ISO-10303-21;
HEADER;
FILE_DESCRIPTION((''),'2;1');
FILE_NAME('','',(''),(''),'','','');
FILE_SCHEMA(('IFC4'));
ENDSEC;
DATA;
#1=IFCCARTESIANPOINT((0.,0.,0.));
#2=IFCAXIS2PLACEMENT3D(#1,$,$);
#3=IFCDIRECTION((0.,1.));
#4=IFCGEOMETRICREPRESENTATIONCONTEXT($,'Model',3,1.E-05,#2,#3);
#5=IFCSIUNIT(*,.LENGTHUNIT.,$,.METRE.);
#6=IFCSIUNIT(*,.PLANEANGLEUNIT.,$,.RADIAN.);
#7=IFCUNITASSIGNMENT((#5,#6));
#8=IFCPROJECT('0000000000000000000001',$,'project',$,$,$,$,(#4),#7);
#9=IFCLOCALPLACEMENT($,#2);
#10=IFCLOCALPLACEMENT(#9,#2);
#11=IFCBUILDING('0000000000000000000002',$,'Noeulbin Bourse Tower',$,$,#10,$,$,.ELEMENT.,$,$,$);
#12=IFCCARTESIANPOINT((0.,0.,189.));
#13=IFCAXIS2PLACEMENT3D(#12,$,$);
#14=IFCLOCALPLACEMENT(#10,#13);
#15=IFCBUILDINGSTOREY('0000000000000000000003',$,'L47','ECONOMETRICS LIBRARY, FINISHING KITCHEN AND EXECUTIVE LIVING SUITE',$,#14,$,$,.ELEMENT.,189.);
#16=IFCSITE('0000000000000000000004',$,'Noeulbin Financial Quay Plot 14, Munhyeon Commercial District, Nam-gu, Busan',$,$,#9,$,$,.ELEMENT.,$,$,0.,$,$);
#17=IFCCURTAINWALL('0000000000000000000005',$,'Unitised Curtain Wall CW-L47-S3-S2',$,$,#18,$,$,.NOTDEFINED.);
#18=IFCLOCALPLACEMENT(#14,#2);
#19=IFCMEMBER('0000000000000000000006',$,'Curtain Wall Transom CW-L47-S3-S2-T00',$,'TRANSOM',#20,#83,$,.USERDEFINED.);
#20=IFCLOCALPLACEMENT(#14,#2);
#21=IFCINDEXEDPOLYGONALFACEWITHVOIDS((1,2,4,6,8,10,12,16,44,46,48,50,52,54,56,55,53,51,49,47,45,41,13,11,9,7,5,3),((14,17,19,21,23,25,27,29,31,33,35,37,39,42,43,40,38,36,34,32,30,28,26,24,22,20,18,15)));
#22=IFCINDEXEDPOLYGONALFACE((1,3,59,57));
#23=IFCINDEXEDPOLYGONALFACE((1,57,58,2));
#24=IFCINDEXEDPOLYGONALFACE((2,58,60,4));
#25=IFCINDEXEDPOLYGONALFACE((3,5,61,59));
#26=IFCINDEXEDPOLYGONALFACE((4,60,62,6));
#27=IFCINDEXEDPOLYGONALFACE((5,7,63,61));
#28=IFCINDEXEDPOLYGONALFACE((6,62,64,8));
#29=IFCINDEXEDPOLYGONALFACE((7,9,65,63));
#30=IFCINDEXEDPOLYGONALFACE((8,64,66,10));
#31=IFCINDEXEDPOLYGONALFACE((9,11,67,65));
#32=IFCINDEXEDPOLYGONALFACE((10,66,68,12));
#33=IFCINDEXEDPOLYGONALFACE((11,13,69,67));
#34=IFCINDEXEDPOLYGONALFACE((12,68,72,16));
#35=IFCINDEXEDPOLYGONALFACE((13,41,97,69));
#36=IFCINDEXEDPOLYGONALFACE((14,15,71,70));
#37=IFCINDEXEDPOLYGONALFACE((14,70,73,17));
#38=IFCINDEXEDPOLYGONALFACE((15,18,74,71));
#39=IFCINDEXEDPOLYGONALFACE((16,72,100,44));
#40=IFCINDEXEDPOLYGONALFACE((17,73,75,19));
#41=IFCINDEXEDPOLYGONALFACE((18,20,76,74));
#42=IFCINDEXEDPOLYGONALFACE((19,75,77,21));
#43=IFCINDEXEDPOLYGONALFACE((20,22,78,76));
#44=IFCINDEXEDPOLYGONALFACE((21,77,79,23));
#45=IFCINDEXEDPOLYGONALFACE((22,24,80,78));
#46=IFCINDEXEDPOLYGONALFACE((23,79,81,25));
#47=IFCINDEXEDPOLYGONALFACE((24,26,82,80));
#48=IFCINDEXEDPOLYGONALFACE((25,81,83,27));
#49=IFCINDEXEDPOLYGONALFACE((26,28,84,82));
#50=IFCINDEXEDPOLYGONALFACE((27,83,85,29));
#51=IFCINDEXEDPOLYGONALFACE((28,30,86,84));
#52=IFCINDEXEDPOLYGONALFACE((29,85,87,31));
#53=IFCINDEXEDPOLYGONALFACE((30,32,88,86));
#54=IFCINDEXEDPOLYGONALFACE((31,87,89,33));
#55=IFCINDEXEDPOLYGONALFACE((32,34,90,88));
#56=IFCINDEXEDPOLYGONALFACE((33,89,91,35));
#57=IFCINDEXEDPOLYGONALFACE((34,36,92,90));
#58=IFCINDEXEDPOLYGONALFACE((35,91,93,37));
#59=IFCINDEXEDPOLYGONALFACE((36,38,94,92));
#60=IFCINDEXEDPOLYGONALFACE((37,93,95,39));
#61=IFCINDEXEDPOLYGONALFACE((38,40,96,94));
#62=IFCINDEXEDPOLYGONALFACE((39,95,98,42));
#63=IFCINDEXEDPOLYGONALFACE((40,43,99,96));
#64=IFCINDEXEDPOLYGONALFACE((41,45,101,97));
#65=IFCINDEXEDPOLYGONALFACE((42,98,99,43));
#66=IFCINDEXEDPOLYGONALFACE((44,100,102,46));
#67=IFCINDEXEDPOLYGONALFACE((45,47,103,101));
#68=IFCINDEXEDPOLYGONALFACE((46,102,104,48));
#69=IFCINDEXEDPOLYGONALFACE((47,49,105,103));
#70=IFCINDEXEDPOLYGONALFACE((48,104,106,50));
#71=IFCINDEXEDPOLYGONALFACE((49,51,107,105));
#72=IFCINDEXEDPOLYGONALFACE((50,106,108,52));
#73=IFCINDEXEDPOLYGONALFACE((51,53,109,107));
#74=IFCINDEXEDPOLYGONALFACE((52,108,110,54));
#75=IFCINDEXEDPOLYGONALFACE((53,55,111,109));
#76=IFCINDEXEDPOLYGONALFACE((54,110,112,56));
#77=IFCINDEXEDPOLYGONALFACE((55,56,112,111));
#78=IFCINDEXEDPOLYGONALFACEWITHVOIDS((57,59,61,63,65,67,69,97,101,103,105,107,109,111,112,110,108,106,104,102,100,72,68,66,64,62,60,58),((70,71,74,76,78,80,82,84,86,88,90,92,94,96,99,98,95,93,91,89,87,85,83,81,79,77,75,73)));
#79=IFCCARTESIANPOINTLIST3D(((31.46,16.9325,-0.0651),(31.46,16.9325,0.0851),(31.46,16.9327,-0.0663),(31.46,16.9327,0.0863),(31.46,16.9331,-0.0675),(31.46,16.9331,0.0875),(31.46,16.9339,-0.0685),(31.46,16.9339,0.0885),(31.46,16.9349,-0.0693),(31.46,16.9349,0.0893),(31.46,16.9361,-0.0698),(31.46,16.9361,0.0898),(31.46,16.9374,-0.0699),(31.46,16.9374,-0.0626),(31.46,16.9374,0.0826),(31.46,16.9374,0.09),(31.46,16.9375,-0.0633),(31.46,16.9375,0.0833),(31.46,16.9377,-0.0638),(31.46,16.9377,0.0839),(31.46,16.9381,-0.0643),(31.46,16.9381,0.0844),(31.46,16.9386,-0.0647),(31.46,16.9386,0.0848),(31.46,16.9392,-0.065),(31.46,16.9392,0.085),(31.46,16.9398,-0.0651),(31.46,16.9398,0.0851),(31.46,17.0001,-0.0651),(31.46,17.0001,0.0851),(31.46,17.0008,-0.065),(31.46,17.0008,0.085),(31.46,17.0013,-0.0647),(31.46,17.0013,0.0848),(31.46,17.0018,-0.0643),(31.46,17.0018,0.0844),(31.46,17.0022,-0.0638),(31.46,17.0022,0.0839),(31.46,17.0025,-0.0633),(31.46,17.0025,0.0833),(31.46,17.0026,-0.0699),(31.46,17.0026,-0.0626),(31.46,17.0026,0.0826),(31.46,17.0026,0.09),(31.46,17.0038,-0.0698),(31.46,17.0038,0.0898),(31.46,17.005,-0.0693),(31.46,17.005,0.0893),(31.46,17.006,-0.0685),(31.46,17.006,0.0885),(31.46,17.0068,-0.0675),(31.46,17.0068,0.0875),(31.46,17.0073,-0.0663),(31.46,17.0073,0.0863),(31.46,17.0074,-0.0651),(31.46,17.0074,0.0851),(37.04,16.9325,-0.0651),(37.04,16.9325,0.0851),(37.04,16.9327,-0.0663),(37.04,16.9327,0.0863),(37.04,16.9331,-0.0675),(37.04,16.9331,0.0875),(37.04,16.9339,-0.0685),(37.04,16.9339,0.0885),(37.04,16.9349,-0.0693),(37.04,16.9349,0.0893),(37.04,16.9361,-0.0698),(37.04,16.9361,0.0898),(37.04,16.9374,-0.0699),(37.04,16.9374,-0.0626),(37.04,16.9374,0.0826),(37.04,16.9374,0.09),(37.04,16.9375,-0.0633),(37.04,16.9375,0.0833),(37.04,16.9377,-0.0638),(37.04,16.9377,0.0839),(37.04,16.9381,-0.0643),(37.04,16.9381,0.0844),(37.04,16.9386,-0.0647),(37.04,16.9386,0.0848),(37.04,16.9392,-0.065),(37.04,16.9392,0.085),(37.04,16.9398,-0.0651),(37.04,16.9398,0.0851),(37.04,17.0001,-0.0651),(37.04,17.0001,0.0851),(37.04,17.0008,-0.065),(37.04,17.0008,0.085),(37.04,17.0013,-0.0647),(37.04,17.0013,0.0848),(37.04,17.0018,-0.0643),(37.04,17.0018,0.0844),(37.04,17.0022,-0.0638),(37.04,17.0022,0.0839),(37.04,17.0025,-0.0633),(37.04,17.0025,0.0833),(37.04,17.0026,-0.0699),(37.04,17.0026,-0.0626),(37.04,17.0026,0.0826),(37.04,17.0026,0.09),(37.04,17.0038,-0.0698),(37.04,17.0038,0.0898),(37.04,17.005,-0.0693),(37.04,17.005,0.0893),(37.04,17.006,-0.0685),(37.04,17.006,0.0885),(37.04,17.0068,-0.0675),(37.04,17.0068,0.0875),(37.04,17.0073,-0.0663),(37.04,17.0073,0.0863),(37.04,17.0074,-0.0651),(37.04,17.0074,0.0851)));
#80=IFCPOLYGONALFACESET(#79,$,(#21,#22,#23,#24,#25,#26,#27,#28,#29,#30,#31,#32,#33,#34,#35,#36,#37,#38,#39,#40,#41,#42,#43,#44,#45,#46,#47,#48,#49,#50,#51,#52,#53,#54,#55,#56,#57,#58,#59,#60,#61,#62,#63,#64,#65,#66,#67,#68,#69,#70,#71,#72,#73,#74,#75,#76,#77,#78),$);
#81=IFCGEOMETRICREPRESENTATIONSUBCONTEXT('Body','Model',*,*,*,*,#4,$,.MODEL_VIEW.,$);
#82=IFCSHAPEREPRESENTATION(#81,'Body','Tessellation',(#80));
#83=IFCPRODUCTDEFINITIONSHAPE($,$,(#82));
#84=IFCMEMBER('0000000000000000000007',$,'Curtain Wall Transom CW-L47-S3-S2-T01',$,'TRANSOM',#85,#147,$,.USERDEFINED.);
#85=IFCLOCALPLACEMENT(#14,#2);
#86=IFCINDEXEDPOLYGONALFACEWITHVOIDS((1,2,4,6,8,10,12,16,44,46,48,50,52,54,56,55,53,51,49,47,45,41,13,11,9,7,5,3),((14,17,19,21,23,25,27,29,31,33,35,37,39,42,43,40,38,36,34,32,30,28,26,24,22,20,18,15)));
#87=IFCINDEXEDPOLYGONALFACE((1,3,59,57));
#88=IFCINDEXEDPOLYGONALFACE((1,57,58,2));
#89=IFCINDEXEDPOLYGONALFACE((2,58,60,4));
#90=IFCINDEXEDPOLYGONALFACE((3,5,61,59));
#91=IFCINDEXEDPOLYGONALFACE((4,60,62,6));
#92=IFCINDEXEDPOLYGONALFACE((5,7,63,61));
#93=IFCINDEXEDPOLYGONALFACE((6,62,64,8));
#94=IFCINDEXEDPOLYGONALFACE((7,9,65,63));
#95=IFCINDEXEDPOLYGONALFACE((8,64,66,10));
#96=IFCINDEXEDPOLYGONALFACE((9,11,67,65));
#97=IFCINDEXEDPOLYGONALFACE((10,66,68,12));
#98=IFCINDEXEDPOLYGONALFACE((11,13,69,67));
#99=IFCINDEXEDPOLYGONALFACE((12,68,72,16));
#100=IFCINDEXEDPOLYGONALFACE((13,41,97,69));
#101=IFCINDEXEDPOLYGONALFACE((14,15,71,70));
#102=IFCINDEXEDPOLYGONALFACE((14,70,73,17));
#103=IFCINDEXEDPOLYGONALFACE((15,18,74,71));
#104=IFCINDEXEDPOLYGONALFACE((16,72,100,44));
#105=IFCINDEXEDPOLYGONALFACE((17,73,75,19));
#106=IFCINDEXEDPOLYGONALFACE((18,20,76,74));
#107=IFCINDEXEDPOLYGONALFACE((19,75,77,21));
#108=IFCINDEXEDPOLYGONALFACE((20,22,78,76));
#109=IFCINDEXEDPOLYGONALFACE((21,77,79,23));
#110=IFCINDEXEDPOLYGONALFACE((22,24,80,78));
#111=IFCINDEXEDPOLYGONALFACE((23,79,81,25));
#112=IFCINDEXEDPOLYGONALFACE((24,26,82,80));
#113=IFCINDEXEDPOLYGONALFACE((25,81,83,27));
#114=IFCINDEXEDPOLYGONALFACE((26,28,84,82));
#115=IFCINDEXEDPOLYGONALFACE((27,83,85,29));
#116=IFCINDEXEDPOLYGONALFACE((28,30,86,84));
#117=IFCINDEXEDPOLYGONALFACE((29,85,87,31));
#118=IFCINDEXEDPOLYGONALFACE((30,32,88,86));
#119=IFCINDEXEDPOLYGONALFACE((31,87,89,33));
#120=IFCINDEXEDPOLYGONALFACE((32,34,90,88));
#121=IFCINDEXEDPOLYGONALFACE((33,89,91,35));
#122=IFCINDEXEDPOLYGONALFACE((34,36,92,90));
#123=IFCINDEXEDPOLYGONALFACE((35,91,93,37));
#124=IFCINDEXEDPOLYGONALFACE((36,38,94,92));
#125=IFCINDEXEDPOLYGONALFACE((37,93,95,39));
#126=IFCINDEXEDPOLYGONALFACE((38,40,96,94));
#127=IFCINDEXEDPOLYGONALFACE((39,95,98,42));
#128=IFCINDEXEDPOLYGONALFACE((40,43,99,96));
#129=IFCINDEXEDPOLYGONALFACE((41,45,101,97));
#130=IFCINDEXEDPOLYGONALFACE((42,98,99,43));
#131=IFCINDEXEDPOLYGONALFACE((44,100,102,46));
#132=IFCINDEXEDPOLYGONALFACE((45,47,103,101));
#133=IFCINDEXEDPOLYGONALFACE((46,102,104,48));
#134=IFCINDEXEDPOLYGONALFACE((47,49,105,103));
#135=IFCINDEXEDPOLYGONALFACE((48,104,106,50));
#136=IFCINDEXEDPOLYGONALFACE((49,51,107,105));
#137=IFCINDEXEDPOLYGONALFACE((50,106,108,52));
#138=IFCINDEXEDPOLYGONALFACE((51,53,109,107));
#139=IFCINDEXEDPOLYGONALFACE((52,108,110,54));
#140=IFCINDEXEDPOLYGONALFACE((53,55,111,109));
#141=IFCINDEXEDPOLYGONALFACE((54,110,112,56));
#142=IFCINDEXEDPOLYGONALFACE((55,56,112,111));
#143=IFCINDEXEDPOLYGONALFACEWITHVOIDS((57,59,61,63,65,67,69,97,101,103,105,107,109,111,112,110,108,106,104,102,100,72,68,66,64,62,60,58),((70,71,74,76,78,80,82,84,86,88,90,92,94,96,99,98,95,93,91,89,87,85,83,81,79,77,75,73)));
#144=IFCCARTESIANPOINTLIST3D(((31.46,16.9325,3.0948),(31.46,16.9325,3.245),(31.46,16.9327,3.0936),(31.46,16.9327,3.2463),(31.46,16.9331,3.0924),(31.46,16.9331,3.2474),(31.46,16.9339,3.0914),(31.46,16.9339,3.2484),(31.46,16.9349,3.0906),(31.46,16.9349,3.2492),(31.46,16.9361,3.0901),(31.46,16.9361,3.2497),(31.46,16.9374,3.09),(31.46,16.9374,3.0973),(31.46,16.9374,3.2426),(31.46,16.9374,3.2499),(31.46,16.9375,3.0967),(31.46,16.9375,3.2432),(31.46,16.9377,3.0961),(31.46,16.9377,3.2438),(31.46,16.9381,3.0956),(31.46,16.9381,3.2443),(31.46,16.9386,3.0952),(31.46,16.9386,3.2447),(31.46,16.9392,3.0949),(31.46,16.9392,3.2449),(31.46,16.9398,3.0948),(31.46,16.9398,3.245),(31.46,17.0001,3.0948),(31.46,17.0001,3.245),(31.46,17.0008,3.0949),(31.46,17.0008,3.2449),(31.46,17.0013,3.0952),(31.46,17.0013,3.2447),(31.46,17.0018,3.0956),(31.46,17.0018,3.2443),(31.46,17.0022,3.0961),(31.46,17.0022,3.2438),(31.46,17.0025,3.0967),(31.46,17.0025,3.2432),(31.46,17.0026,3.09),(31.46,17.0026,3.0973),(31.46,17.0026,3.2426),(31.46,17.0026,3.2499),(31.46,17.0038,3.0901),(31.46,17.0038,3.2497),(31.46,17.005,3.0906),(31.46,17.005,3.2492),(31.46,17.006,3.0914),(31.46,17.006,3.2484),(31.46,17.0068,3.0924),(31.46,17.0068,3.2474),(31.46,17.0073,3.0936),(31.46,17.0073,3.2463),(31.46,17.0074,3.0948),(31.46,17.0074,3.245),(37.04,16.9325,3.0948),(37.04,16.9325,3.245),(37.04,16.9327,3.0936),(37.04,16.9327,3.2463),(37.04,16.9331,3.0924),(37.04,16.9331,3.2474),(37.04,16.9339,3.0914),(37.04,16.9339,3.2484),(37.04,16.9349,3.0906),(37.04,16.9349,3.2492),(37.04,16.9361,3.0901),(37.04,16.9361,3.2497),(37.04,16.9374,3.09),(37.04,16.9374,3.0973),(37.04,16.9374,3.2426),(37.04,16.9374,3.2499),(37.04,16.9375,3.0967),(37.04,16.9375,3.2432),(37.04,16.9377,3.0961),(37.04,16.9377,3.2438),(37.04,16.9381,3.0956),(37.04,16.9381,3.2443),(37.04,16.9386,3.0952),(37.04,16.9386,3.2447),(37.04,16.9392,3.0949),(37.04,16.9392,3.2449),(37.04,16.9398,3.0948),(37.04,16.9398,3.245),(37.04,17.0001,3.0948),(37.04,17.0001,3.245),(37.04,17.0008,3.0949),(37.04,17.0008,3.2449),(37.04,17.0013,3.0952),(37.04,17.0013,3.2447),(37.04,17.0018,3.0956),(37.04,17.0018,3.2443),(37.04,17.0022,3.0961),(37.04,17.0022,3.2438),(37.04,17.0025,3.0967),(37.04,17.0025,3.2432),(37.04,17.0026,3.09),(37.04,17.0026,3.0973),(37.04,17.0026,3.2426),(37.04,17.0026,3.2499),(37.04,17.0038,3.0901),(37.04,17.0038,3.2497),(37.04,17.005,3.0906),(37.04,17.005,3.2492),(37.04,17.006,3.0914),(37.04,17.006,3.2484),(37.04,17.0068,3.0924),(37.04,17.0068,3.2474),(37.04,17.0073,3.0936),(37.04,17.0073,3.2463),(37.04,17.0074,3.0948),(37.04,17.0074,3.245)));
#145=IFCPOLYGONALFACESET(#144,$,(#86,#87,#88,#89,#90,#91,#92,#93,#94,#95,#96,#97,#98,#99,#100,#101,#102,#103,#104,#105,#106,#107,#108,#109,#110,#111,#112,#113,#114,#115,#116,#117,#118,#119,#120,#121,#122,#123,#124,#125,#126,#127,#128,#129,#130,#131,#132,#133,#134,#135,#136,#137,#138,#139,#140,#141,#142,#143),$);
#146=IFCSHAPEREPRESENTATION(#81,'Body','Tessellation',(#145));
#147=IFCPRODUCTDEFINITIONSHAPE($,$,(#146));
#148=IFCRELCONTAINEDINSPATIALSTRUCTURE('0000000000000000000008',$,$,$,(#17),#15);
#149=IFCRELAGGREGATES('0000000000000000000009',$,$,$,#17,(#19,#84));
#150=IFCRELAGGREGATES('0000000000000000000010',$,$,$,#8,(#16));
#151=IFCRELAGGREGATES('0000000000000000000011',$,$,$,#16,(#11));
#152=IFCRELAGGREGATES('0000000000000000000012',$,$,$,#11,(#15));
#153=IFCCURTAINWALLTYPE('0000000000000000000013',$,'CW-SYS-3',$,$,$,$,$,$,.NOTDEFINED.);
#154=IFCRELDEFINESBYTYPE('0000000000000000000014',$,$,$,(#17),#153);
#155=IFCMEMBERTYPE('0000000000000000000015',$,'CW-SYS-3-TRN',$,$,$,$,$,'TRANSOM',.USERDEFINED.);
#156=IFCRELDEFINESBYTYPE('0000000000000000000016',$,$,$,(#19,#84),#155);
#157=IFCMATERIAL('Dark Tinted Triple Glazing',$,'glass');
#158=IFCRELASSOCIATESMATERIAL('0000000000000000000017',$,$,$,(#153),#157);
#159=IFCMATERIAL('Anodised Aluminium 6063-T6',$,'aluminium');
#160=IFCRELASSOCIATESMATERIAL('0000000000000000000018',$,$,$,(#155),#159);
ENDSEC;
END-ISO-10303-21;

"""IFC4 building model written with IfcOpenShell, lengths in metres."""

from ifc_helpers import new_model, si_unit, direction, frame, origin, origin_2d, place, context, subcontext, project, spatial, hollow_rectangle, extrude, material, material_profile, profile_set, type_object, element, aggregate, save


model = new_model("IFC4")

# Units and contexts
model_context = context("Model", 3, precision=1e-05, world=origin(), true_north=direction((0.0, 1.0)))
body_context = subcontext(model_context, "Body", "Model", "MODEL_VIEW")
ifc_project = project(units=[si_unit("LENGTHUNIT", "METRE"), si_unit("PLANEANGLEUNIT", "RADIAN")], contexts=[model_context])

# Site, building, storey
site_placement = place(None, origin())
site = spatial("IfcSite", under=ifc_project, at=site_placement, Name="Noeulbin Financial Quay Plot 14, Munhyeon Commercial District, Nam-gu, Busan", CompositionType="ELEMENT", RefElevation=0.0)
building_placement = place(site_placement, origin())
building = spatial("IfcBuilding", under=site, at=building_placement, Name="Noeulbin Bourse Tower", CompositionType="ELEMENT")
storey_placement = place(building_placement, frame((0.0, 0.0, 189.0)))
storey = spatial("IfcBuildingStorey", under=building, at=storey_placement, Name="L47", Description="ECONOMETRICS LIBRARY, FINISHING KITCHEN AND EXECUTIVE LIVING SUITE", CompositionType="ELEMENT", Elevation=189.0)

# Shared definitions
ifc_material_1 = material(Name="Dark Tinted Triple Glazing", Category="glass")
curtain_wall_type = type_object("IfcCurtainWallType", Name="CW-SYS-3", PredefinedType="NOTDEFINED", material=ifc_material_1)
ifc_material_2 = material(Name="Anodised Aluminium 6063-T6", Category="aluminium")

# Curtain wall
curtain_wall_1_placement = place(storey_placement, origin())
curtain_wall_1 = element("IfcCurtainWall", 1, at=curtain_wall_1_placement, inside=storey, type_object=curtain_wall_type, Name="Unitised Curtain Wall CW-L47-S3-S2", PredefinedType="NOTDEFINED")

# Members
ifc_material_profile_1 = material_profile(ifc_material_2, hollow_rectangle(XDim=0.075, YDim=0.1599, WallThickness=0.0049, InnerFilletRadius=0.0024, OuterFilletRadius=0.0049, at=origin_2d()), Name="ALU-TRAN-75x160x5", Category="LoadBearing")
ifc_profile_set_1 = profile_set([ifc_material_profile_1], Name="Anodised Aluminium 6063-T6")
member_type_1 = type_object("IfcMemberType", Name="CW-SYS-3-TRN", ElementType="TRANSOM", PredefinedType="USERDEFINED", material=ifc_profile_set_1)
member_1_placement = place(storey_placement, frame((31.46, 16.97, 0.01), z_axis=(1.0, 0.0, 0.0), x_axis=(0.0, 1.0, 0.0)))
member_1 = element("IfcMember", 2, at=member_1_placement, type_object=member_type_1, Name="Curtain Wall Transom CW-L47-S3-S2-T00", ObjectType="TRANSOM", PredefinedType="USERDEFINED", context=body_context, shape_type="SweptSolid", body=[
    extrude(hollow_rectangle(XDim=0.075, YDim=0.1599, WallThickness=0.0049, InnerFilletRadius=0.0024, OuterFilletRadius=0.0049, at=origin_2d()), origin(), (0.0, 0.0, 1.0), 5.5801),
])
member_2_placement = place(storey_placement, frame((31.46, 16.97, 3.1699), z_axis=(1.0, 0.0, 0.0), x_axis=(0.0, 1.0, 0.0)))
member_2 = element("IfcMember", 3, at=member_2_placement, type_object=member_type_1, Name="Curtain Wall Transom CW-L47-S3-S2-T01", ObjectType="TRANSOM", PredefinedType="USERDEFINED", context=body_context, shape_type="SweptSolid", body=[
    extrude(hollow_rectangle(XDim=0.075, YDim=0.1599, WallThickness=0.0049, InnerFilletRadius=0.0024, OuterFilletRadius=0.0049, at=origin_2d()), origin(), (0.0, 0.0, 1.0), 5.5801),
])

aggregate(curtain_wall_1, [member_1, member_2])

save(model, "model.ifc")
